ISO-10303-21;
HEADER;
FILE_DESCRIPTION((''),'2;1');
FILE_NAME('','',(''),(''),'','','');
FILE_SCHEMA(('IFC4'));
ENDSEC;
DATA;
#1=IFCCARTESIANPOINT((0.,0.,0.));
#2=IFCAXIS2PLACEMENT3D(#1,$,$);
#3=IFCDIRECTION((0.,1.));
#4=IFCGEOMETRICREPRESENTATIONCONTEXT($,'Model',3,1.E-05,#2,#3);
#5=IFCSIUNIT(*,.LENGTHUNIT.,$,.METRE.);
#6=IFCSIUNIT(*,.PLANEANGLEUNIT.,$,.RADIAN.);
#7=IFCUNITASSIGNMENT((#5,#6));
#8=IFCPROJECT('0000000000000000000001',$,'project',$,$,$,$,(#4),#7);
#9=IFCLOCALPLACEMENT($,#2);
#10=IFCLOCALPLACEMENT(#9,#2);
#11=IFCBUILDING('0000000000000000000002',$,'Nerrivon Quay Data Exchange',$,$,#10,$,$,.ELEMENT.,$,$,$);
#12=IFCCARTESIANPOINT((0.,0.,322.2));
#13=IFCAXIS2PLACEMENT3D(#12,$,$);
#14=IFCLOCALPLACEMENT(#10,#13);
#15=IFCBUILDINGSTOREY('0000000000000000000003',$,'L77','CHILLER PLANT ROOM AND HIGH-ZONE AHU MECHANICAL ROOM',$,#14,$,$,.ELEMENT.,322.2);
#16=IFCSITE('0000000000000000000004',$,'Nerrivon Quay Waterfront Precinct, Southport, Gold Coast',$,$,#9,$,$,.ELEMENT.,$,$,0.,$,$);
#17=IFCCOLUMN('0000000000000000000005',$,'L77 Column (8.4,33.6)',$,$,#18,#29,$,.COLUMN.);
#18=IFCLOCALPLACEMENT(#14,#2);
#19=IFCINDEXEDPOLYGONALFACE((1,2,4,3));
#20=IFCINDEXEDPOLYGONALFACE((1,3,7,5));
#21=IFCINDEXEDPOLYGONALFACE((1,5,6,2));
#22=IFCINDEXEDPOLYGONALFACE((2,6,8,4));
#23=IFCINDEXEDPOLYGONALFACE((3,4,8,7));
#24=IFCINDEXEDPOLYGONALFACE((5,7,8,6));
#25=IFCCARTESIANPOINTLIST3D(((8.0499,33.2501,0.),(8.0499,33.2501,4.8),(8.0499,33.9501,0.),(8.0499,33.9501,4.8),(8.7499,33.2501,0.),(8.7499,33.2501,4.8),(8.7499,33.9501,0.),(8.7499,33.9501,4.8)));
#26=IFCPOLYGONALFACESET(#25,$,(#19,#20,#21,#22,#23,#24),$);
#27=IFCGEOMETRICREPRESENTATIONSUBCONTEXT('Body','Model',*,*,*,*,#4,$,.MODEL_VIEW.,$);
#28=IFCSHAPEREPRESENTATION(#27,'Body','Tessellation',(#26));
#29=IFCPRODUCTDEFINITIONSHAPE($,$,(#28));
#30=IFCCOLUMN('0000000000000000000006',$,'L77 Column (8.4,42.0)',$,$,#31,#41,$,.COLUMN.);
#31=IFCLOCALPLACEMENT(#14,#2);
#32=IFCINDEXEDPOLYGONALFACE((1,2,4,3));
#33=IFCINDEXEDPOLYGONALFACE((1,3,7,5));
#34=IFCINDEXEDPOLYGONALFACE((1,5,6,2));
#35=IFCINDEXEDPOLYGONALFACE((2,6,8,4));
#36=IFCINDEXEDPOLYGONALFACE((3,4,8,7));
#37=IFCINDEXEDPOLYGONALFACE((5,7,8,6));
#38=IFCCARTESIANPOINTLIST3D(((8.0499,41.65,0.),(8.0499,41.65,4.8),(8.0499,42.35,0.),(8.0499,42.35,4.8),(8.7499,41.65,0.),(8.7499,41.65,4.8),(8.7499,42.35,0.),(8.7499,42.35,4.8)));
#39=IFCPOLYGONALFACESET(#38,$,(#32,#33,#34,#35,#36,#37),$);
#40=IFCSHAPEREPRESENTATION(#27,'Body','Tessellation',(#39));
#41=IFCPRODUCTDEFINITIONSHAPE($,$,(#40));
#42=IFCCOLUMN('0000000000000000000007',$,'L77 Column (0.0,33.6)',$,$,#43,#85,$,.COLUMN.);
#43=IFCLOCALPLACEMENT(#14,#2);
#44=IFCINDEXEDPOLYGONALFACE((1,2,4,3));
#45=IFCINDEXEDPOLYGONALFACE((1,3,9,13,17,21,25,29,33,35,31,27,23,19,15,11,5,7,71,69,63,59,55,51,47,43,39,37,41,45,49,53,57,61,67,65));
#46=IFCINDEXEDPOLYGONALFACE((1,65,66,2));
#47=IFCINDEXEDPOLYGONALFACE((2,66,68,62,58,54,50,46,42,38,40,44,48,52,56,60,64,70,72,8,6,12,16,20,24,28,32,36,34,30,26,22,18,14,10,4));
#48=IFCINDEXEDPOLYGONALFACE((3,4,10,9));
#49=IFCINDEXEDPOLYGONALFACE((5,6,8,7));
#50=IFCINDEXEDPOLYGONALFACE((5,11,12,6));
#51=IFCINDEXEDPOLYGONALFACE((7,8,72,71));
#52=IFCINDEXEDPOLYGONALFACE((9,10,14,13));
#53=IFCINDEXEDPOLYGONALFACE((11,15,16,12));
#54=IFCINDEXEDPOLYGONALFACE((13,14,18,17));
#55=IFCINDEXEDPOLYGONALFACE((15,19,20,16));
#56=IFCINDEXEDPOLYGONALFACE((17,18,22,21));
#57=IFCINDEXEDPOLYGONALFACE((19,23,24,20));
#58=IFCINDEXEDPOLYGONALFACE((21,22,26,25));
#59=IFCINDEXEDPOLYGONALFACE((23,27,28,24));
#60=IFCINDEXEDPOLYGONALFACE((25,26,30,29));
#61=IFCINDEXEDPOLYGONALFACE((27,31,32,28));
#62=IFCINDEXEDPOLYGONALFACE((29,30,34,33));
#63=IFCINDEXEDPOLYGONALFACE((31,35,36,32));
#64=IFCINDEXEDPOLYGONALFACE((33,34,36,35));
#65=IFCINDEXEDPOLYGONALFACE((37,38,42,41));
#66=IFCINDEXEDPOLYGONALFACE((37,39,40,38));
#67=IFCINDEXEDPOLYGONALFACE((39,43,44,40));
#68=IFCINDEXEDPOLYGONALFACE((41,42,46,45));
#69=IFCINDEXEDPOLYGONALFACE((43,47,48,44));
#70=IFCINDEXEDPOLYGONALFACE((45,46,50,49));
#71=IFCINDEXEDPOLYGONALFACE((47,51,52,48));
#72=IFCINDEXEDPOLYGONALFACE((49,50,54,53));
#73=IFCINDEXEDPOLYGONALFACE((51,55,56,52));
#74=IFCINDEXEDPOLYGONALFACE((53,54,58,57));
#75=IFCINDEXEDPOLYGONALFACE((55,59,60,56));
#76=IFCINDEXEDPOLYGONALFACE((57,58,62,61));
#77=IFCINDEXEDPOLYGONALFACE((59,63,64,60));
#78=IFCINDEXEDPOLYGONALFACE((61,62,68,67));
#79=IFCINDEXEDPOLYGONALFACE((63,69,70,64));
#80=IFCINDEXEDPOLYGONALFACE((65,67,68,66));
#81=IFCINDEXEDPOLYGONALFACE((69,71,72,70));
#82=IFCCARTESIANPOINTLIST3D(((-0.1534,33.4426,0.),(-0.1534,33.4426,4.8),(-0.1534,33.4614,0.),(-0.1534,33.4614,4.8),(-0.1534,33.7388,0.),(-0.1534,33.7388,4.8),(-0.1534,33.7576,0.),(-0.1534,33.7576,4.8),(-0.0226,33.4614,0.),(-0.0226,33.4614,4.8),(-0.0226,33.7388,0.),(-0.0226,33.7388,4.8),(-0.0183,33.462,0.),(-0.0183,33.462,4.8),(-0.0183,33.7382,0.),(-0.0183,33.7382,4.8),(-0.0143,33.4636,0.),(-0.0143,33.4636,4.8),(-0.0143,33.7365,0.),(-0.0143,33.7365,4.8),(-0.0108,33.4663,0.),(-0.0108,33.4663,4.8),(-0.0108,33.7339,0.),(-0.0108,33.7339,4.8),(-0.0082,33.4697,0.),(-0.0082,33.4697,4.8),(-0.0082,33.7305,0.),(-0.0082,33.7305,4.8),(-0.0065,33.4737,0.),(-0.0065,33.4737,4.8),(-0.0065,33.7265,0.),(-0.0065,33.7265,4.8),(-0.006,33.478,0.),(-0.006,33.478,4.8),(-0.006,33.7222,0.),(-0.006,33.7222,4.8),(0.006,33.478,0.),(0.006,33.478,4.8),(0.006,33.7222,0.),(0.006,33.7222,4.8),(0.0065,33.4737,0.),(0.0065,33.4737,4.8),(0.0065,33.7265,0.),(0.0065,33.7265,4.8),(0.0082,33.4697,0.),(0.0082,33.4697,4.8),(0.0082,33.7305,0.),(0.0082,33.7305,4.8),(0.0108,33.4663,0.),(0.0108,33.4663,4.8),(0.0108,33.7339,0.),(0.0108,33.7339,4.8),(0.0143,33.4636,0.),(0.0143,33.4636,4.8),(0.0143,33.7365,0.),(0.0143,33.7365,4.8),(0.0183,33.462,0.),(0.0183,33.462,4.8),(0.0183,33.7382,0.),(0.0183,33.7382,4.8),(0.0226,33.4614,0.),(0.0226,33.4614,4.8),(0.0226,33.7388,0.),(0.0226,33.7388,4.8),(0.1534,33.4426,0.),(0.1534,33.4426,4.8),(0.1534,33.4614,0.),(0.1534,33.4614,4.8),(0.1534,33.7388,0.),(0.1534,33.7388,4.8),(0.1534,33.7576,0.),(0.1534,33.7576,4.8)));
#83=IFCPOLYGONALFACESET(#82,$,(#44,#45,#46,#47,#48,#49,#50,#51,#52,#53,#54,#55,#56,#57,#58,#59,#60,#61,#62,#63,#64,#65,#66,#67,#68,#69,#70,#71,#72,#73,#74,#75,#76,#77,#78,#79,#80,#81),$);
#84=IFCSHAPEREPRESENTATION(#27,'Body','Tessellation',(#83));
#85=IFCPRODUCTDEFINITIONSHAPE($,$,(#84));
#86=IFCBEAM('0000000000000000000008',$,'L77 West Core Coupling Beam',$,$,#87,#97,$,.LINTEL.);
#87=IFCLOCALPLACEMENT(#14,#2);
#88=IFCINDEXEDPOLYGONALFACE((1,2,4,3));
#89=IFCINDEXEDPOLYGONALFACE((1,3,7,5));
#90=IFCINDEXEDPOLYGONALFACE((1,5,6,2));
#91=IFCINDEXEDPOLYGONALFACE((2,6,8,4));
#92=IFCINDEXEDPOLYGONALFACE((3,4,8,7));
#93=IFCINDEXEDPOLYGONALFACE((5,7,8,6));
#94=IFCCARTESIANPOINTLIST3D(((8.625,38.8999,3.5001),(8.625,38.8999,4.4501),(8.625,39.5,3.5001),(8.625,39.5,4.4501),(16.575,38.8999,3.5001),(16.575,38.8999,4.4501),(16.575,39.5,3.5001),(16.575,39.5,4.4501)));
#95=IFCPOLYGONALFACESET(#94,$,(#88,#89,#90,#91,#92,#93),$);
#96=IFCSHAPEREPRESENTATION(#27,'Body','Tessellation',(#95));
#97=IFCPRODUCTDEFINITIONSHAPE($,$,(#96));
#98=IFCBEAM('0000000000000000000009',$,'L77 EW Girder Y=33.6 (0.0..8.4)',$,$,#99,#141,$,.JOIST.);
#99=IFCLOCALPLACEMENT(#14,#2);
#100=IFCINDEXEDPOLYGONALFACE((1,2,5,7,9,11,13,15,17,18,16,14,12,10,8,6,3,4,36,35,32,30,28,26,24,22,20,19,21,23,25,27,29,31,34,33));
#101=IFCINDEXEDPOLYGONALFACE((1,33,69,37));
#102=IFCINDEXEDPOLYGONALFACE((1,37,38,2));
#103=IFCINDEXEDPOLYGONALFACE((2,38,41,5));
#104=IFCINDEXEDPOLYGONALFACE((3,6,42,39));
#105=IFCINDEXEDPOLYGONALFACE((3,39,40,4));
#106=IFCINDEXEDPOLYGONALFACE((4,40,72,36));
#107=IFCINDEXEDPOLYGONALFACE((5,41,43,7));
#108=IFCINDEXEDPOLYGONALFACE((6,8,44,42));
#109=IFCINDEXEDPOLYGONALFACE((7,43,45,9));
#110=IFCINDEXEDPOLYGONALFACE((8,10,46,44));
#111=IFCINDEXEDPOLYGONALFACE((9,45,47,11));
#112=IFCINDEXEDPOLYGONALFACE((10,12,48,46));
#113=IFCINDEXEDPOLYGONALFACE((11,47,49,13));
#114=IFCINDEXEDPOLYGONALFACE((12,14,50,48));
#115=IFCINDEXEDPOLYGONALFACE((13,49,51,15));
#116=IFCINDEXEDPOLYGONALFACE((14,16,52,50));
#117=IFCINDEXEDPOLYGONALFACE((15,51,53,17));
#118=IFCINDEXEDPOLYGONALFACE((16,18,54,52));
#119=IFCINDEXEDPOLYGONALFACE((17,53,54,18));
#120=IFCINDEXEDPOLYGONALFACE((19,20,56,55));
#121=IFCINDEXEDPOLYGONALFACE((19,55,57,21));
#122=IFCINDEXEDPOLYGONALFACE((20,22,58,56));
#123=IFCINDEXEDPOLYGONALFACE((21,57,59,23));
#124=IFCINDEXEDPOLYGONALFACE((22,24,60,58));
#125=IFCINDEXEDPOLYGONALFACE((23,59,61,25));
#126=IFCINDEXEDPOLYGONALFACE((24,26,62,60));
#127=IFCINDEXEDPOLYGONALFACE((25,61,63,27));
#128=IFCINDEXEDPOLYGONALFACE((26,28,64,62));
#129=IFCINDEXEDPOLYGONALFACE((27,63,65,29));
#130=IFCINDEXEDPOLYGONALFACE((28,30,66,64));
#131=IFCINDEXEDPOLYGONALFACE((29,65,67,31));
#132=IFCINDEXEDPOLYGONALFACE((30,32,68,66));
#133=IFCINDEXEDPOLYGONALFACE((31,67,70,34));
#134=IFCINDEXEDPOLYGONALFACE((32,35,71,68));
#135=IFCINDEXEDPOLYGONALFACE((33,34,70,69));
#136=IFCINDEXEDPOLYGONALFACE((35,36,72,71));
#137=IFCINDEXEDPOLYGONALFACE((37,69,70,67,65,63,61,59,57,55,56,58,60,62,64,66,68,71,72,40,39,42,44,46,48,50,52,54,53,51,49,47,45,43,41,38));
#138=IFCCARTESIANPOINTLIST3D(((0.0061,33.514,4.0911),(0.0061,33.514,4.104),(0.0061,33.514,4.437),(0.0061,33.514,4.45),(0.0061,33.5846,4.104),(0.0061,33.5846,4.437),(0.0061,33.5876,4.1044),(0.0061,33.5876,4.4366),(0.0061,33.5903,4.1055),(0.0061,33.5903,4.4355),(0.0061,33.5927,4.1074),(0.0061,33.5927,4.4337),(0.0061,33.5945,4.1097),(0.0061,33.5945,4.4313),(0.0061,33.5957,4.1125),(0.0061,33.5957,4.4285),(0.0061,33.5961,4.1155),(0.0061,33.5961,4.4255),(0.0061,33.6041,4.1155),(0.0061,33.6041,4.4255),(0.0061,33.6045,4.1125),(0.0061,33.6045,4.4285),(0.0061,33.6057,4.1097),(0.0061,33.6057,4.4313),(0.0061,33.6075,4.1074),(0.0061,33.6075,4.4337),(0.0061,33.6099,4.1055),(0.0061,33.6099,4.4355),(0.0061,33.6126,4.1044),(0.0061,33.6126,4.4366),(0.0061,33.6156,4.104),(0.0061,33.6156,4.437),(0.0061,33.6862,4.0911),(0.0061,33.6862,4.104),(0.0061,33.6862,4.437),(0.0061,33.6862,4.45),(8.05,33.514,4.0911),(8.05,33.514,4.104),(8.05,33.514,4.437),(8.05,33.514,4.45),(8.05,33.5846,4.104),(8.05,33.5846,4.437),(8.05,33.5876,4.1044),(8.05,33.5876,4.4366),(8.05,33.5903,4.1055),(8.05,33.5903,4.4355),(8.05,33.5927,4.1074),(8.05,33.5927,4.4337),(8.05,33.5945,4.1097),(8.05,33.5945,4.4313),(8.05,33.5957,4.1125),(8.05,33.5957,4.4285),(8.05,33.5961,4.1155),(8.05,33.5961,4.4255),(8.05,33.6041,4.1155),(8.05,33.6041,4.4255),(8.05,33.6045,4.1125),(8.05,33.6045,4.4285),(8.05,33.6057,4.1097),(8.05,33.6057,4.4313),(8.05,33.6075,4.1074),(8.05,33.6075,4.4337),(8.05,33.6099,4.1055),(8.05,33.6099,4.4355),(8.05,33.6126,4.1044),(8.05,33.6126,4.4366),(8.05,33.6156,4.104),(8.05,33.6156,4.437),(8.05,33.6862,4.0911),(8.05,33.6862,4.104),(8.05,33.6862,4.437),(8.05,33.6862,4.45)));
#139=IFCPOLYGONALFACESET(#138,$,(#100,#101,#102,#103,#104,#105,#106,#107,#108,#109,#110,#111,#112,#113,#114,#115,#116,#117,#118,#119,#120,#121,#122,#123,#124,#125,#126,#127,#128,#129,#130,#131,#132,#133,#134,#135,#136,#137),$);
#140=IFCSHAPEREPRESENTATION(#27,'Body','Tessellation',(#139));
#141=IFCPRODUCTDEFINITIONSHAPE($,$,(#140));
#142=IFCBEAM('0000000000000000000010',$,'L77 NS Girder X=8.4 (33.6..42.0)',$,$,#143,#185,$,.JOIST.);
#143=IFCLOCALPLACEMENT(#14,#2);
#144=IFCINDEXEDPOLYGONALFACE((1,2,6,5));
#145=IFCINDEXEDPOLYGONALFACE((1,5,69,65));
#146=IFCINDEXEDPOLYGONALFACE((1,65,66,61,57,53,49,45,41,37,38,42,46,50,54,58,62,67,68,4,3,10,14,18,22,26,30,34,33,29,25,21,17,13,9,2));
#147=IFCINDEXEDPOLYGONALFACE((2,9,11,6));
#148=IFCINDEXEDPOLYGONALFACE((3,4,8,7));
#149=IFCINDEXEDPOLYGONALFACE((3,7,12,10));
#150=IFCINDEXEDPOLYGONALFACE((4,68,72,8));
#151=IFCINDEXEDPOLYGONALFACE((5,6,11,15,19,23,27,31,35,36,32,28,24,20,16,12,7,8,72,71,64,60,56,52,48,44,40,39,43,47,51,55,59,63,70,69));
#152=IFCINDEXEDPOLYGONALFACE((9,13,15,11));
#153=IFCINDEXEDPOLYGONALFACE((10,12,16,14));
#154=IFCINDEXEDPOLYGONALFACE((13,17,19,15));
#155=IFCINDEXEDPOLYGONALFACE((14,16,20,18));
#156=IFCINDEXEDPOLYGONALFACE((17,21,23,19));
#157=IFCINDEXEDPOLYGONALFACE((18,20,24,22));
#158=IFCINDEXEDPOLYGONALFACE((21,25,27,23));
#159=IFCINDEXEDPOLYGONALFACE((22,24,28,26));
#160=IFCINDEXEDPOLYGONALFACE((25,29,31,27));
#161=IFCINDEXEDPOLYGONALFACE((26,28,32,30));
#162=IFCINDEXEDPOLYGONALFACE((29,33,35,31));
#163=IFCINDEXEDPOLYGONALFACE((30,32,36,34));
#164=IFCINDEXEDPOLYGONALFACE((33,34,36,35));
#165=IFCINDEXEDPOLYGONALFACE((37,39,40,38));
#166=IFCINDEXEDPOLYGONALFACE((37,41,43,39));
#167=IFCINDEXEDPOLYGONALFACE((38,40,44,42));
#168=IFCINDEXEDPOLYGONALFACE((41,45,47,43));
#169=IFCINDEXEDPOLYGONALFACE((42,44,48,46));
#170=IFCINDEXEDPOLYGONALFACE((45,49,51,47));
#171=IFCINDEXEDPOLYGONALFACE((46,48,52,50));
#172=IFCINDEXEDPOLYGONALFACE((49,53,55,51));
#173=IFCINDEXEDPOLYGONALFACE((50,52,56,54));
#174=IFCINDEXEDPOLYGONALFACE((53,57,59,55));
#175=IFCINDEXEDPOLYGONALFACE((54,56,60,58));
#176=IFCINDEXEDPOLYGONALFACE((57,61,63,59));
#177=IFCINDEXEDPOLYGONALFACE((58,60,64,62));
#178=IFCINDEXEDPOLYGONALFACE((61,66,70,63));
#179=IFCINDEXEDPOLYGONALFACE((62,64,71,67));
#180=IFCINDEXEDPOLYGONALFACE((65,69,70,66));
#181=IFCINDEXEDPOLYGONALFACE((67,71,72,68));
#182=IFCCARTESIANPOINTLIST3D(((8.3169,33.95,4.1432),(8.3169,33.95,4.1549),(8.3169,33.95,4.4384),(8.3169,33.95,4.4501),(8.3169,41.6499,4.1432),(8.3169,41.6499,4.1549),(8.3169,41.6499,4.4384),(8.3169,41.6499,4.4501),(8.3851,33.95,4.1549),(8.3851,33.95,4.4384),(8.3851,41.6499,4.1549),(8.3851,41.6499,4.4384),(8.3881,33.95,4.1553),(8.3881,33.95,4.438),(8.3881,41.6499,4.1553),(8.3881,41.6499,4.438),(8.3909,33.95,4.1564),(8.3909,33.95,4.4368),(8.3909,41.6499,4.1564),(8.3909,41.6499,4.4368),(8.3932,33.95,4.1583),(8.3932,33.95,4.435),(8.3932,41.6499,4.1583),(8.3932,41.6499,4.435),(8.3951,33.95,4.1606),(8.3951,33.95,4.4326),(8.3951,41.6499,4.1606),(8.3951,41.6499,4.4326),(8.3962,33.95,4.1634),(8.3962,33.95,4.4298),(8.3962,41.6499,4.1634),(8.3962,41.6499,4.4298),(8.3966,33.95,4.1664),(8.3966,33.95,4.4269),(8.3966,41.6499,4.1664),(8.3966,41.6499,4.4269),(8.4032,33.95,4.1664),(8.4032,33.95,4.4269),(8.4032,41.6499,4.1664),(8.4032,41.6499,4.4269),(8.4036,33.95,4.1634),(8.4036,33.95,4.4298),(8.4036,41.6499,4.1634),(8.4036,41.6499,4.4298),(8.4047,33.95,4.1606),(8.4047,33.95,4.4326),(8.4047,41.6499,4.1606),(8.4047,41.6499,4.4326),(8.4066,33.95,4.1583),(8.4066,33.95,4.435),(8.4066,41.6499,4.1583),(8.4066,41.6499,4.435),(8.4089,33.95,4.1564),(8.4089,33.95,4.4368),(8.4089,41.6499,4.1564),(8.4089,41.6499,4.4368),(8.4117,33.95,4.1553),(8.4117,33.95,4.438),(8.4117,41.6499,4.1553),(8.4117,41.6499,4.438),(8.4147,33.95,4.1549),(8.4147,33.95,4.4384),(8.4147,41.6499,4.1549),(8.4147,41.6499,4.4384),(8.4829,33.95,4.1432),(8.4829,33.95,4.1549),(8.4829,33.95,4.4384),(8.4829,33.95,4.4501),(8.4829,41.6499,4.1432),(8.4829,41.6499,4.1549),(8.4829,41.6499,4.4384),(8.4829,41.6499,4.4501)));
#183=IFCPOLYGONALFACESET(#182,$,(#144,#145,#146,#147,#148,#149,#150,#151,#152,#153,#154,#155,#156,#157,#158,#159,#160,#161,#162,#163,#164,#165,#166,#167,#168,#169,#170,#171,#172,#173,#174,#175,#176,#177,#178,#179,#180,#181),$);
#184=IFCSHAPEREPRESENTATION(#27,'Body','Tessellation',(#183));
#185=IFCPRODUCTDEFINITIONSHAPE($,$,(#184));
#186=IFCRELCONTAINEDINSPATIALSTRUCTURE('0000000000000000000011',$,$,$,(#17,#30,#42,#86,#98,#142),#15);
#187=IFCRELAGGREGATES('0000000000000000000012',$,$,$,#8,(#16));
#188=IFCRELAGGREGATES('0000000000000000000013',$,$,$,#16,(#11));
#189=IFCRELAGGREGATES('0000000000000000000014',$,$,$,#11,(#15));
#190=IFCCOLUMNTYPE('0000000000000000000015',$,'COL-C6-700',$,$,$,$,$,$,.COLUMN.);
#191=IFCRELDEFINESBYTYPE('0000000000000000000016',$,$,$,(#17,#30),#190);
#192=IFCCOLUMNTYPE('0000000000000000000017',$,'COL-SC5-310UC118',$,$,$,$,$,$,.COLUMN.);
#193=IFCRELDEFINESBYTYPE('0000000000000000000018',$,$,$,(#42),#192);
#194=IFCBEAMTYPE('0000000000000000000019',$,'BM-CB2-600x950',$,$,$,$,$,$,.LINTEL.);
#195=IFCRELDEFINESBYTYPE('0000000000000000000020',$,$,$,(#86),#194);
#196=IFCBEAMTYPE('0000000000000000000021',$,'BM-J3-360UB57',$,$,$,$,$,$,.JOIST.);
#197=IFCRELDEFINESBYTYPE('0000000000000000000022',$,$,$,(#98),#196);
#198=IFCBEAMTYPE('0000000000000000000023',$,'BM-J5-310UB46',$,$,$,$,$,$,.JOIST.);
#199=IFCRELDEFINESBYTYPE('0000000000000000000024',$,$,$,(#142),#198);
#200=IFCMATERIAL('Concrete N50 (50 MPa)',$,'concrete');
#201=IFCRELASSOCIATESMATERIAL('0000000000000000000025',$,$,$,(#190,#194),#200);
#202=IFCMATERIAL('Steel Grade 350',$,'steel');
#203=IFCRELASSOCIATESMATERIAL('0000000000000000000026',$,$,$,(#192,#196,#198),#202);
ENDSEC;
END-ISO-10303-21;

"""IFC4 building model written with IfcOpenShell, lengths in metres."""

from ifc_helpers import new_model, si_unit, direction, frame, origin, origin_2d, place, context, subcontext, project, spatial, rectangle, i_section, extrude, material, material_profile, profile_set, type_object, element, save


model = new_model("IFC4")

# Units and contexts
model_context = context("Model", 3, precision=1e-05, world=origin(), true_north=direction((0.0, 1.0)))
body_context = subcontext(model_context, "Body", "Model", "MODEL_VIEW")
ifc_project = project(units=[si_unit("LENGTHUNIT", "METRE"), si_unit("PLANEANGLEUNIT", "RADIAN")], contexts=[model_context])

# Site, building, storey
site_placement = place(None, origin())
site = spatial("IfcSite", under=ifc_project, at=site_placement, Name="Nerrivon Quay Waterfront Precinct, Southport, Gold Coast", CompositionType="ELEMENT", RefElevation=0.0)
building_placement = place(site_placement, origin())
building = spatial("IfcBuilding", under=site, at=building_placement, Name="Nerrivon Quay Data Exchange", CompositionType="ELEMENT")
storey_placement = place(building_placement, frame((0.0, 0.0, 322.2)))
storey = spatial("IfcBuildingStorey", under=building, at=storey_placement, Name="L77", Description="CHILLER PLANT ROOM AND HIGH-ZONE AHU MECHANICAL ROOM", CompositionType="ELEMENT", Elevation=322.2)

# Columns
ifc_material_1 = material(Name="Concrete N50 (50 MPa)", Category="concrete")
ifc_material_profile_1 = material_profile(ifc_material_1, rectangle(XDim=0.7, YDim=0.7, at=origin_2d()), Name="RC-COL-700x700")
ifc_profile_set_1 = profile_set([ifc_material_profile_1], Name="Concrete N50 (50 MPa)")
column_type_1 = type_object("IfcColumnType", Name="COL-C6-700", PredefinedType="COLUMN", material=ifc_profile_set_1)
for number, where, z_axis, x_axis, name in (
    (1, (8.3999, 33.6001, 0.0), (0.0, 0.0, 1.0), (1.0, 0.0, 0.0), "L77 Column (8.4,33.6)"),
    (2, (8.3999, 42.0, 0.0), (0.0, 0.0, 1.0), (1.0, 0.0, 0.0), "L77 Column (8.4,42.0)"),
):
    element("IfcColumn", number, at=place(storey_placement, frame(where, z_axis=z_axis, x_axis=x_axis)), inside=storey, type_object=column_type_1, Name=name, PredefinedType="COLUMN", context=body_context, shape_type="SweptSolid", body=[
        extrude(rectangle(XDim=0.7, YDim=0.7, at=origin_2d()), origin(), (0.0, 0.0, 1.0), 4.8),
    ])
ifc_material_2 = material(Name="Steel Grade 350", Category="steel")
ifc_material_profile_2 = material_profile(ifc_material_2, i_section(OverallWidth=0.3069, OverallDepth=0.3149, WebThickness=0.012, FlangeThickness=0.0188, FilletRadius=0.0166, at=origin_2d()), Name="310UC118")
ifc_profile_set_2 = profile_set([ifc_material_profile_2], Name="Steel Grade 350")
column_type_2 = type_object("IfcColumnType", Name="COL-SC5-310UC118", PredefinedType="COLUMN", material=ifc_profile_set_2)
column_placement = place(storey_placement, frame((0.0, 33.6001, 0.0), z_axis=(0.0, 0.0, 1.0), x_axis=(1.0, 0.0, 0.0)))
element("IfcColumn", 3, at=column_placement, inside=storey, type_object=column_type_2, Name="L77 Column (0.0,33.6)", PredefinedType="COLUMN", context=body_context, shape_type="SweptSolid", body=[
    extrude(i_section(OverallWidth=0.3069, OverallDepth=0.3149, WebThickness=0.012, FlangeThickness=0.0188, FilletRadius=0.0166, at=origin_2d()), origin(), (0.0, 0.0, 1.0), 4.8),
])

# Beams
ifc_material_profile_3 = material_profile(ifc_material_1, rectangle(XDim=0.6001, YDim=0.95, at=origin_2d()), Name="RC-CB-600x950")
ifc_profile_set_3 = profile_set([ifc_material_profile_3], Name="Concrete N50 (50 MPa)")
beam_type_1 = type_object("IfcBeamType", Name="BM-CB2-600x950", PredefinedType="LINTEL", material=ifc_profile_set_3)
beam_1_placement = place(storey_placement, frame((8.625, 39.2, 3.9751), z_axis=(1.0, 0.0, 0.0), x_axis=(0.0, 1.0, 0.0)))
element("IfcBeam", 4, at=beam_1_placement, inside=storey, type_object=beam_type_1, Name="L77 West Core Coupling Beam", PredefinedType="LINTEL", context=body_context, shape_type="SweptSolid", body=[
    extrude(rectangle(XDim=0.6001, YDim=0.95, at=origin_2d()), origin(), (0.0, 0.0, 1.0), 7.95),
])
ifc_material_profile_4 = material_profile(ifc_material_2, i_section(OverallWidth=0.1721, OverallDepth=0.3589, WebThickness=0.0081, FlangeThickness=0.0129, FilletRadius=0.0115, at=origin_2d()), Name="360UB56.7")
ifc_profile_set_4 = profile_set([ifc_material_profile_4], Name="Steel Grade 350")
beam_type_2 = type_object("IfcBeamType", Name="BM-J3-360UB57", PredefinedType="JOIST", material=ifc_profile_set_4)
beam_2_placement = place(storey_placement, frame((0.0061, 33.6001, 4.2705), z_axis=(1.0, 0.0, 0.0), x_axis=(0.0, 1.0, 0.0)))
element("IfcBeam", 5, at=beam_2_placement, inside=storey, type_object=beam_type_2, Name="L77 EW Girder Y=33.6 (0.0..8.4)", PredefinedType="JOIST", context=body_context, shape_type="SweptSolid", body=[
    extrude(i_section(OverallWidth=0.1721, OverallDepth=0.3589, WebThickness=0.0081, FlangeThickness=0.0129, FilletRadius=0.0115, at=origin_2d()), origin(), (0.0, 0.0, 1.0), 8.0439),
])
ifc_material_profile_5 = material_profile(ifc_material_2, i_section(OverallWidth=0.166, OverallDepth=0.3069, WebThickness=0.0066, FlangeThickness=0.0117, FilletRadius=0.0115, at=origin_2d()), Name="310UB46.2")
ifc_profile_set_5 = profile_set([ifc_material_profile_5], Name="Steel Grade 350")
beam_type_3 = type_object("IfcBeamType", Name="BM-J5-310UB46", PredefinedType="JOIST", material=ifc_profile_set_5)
beam_3_placement = place(storey_placement, frame((8.3999, 33.95, 4.2966), z_axis=(0.0, 1.0, 0.0), x_axis=(-1.0, 0.0, 0.0)))
element("IfcBeam", 6, at=beam_3_placement, inside=storey, type_object=beam_type_3, Name="L77 NS Girder X=8.4 (33.6..42.0)", PredefinedType="JOIST", context=body_context, shape_type="SweptSolid", body=[
    extrude(i_section(OverallWidth=0.166, OverallDepth=0.3069, WebThickness=0.0066, FlangeThickness=0.0117, FilletRadius=0.0115, at=origin_2d()), origin(), (0.0, 0.0, 1.0), 7.7),
])

save(model, "model.ifc")
